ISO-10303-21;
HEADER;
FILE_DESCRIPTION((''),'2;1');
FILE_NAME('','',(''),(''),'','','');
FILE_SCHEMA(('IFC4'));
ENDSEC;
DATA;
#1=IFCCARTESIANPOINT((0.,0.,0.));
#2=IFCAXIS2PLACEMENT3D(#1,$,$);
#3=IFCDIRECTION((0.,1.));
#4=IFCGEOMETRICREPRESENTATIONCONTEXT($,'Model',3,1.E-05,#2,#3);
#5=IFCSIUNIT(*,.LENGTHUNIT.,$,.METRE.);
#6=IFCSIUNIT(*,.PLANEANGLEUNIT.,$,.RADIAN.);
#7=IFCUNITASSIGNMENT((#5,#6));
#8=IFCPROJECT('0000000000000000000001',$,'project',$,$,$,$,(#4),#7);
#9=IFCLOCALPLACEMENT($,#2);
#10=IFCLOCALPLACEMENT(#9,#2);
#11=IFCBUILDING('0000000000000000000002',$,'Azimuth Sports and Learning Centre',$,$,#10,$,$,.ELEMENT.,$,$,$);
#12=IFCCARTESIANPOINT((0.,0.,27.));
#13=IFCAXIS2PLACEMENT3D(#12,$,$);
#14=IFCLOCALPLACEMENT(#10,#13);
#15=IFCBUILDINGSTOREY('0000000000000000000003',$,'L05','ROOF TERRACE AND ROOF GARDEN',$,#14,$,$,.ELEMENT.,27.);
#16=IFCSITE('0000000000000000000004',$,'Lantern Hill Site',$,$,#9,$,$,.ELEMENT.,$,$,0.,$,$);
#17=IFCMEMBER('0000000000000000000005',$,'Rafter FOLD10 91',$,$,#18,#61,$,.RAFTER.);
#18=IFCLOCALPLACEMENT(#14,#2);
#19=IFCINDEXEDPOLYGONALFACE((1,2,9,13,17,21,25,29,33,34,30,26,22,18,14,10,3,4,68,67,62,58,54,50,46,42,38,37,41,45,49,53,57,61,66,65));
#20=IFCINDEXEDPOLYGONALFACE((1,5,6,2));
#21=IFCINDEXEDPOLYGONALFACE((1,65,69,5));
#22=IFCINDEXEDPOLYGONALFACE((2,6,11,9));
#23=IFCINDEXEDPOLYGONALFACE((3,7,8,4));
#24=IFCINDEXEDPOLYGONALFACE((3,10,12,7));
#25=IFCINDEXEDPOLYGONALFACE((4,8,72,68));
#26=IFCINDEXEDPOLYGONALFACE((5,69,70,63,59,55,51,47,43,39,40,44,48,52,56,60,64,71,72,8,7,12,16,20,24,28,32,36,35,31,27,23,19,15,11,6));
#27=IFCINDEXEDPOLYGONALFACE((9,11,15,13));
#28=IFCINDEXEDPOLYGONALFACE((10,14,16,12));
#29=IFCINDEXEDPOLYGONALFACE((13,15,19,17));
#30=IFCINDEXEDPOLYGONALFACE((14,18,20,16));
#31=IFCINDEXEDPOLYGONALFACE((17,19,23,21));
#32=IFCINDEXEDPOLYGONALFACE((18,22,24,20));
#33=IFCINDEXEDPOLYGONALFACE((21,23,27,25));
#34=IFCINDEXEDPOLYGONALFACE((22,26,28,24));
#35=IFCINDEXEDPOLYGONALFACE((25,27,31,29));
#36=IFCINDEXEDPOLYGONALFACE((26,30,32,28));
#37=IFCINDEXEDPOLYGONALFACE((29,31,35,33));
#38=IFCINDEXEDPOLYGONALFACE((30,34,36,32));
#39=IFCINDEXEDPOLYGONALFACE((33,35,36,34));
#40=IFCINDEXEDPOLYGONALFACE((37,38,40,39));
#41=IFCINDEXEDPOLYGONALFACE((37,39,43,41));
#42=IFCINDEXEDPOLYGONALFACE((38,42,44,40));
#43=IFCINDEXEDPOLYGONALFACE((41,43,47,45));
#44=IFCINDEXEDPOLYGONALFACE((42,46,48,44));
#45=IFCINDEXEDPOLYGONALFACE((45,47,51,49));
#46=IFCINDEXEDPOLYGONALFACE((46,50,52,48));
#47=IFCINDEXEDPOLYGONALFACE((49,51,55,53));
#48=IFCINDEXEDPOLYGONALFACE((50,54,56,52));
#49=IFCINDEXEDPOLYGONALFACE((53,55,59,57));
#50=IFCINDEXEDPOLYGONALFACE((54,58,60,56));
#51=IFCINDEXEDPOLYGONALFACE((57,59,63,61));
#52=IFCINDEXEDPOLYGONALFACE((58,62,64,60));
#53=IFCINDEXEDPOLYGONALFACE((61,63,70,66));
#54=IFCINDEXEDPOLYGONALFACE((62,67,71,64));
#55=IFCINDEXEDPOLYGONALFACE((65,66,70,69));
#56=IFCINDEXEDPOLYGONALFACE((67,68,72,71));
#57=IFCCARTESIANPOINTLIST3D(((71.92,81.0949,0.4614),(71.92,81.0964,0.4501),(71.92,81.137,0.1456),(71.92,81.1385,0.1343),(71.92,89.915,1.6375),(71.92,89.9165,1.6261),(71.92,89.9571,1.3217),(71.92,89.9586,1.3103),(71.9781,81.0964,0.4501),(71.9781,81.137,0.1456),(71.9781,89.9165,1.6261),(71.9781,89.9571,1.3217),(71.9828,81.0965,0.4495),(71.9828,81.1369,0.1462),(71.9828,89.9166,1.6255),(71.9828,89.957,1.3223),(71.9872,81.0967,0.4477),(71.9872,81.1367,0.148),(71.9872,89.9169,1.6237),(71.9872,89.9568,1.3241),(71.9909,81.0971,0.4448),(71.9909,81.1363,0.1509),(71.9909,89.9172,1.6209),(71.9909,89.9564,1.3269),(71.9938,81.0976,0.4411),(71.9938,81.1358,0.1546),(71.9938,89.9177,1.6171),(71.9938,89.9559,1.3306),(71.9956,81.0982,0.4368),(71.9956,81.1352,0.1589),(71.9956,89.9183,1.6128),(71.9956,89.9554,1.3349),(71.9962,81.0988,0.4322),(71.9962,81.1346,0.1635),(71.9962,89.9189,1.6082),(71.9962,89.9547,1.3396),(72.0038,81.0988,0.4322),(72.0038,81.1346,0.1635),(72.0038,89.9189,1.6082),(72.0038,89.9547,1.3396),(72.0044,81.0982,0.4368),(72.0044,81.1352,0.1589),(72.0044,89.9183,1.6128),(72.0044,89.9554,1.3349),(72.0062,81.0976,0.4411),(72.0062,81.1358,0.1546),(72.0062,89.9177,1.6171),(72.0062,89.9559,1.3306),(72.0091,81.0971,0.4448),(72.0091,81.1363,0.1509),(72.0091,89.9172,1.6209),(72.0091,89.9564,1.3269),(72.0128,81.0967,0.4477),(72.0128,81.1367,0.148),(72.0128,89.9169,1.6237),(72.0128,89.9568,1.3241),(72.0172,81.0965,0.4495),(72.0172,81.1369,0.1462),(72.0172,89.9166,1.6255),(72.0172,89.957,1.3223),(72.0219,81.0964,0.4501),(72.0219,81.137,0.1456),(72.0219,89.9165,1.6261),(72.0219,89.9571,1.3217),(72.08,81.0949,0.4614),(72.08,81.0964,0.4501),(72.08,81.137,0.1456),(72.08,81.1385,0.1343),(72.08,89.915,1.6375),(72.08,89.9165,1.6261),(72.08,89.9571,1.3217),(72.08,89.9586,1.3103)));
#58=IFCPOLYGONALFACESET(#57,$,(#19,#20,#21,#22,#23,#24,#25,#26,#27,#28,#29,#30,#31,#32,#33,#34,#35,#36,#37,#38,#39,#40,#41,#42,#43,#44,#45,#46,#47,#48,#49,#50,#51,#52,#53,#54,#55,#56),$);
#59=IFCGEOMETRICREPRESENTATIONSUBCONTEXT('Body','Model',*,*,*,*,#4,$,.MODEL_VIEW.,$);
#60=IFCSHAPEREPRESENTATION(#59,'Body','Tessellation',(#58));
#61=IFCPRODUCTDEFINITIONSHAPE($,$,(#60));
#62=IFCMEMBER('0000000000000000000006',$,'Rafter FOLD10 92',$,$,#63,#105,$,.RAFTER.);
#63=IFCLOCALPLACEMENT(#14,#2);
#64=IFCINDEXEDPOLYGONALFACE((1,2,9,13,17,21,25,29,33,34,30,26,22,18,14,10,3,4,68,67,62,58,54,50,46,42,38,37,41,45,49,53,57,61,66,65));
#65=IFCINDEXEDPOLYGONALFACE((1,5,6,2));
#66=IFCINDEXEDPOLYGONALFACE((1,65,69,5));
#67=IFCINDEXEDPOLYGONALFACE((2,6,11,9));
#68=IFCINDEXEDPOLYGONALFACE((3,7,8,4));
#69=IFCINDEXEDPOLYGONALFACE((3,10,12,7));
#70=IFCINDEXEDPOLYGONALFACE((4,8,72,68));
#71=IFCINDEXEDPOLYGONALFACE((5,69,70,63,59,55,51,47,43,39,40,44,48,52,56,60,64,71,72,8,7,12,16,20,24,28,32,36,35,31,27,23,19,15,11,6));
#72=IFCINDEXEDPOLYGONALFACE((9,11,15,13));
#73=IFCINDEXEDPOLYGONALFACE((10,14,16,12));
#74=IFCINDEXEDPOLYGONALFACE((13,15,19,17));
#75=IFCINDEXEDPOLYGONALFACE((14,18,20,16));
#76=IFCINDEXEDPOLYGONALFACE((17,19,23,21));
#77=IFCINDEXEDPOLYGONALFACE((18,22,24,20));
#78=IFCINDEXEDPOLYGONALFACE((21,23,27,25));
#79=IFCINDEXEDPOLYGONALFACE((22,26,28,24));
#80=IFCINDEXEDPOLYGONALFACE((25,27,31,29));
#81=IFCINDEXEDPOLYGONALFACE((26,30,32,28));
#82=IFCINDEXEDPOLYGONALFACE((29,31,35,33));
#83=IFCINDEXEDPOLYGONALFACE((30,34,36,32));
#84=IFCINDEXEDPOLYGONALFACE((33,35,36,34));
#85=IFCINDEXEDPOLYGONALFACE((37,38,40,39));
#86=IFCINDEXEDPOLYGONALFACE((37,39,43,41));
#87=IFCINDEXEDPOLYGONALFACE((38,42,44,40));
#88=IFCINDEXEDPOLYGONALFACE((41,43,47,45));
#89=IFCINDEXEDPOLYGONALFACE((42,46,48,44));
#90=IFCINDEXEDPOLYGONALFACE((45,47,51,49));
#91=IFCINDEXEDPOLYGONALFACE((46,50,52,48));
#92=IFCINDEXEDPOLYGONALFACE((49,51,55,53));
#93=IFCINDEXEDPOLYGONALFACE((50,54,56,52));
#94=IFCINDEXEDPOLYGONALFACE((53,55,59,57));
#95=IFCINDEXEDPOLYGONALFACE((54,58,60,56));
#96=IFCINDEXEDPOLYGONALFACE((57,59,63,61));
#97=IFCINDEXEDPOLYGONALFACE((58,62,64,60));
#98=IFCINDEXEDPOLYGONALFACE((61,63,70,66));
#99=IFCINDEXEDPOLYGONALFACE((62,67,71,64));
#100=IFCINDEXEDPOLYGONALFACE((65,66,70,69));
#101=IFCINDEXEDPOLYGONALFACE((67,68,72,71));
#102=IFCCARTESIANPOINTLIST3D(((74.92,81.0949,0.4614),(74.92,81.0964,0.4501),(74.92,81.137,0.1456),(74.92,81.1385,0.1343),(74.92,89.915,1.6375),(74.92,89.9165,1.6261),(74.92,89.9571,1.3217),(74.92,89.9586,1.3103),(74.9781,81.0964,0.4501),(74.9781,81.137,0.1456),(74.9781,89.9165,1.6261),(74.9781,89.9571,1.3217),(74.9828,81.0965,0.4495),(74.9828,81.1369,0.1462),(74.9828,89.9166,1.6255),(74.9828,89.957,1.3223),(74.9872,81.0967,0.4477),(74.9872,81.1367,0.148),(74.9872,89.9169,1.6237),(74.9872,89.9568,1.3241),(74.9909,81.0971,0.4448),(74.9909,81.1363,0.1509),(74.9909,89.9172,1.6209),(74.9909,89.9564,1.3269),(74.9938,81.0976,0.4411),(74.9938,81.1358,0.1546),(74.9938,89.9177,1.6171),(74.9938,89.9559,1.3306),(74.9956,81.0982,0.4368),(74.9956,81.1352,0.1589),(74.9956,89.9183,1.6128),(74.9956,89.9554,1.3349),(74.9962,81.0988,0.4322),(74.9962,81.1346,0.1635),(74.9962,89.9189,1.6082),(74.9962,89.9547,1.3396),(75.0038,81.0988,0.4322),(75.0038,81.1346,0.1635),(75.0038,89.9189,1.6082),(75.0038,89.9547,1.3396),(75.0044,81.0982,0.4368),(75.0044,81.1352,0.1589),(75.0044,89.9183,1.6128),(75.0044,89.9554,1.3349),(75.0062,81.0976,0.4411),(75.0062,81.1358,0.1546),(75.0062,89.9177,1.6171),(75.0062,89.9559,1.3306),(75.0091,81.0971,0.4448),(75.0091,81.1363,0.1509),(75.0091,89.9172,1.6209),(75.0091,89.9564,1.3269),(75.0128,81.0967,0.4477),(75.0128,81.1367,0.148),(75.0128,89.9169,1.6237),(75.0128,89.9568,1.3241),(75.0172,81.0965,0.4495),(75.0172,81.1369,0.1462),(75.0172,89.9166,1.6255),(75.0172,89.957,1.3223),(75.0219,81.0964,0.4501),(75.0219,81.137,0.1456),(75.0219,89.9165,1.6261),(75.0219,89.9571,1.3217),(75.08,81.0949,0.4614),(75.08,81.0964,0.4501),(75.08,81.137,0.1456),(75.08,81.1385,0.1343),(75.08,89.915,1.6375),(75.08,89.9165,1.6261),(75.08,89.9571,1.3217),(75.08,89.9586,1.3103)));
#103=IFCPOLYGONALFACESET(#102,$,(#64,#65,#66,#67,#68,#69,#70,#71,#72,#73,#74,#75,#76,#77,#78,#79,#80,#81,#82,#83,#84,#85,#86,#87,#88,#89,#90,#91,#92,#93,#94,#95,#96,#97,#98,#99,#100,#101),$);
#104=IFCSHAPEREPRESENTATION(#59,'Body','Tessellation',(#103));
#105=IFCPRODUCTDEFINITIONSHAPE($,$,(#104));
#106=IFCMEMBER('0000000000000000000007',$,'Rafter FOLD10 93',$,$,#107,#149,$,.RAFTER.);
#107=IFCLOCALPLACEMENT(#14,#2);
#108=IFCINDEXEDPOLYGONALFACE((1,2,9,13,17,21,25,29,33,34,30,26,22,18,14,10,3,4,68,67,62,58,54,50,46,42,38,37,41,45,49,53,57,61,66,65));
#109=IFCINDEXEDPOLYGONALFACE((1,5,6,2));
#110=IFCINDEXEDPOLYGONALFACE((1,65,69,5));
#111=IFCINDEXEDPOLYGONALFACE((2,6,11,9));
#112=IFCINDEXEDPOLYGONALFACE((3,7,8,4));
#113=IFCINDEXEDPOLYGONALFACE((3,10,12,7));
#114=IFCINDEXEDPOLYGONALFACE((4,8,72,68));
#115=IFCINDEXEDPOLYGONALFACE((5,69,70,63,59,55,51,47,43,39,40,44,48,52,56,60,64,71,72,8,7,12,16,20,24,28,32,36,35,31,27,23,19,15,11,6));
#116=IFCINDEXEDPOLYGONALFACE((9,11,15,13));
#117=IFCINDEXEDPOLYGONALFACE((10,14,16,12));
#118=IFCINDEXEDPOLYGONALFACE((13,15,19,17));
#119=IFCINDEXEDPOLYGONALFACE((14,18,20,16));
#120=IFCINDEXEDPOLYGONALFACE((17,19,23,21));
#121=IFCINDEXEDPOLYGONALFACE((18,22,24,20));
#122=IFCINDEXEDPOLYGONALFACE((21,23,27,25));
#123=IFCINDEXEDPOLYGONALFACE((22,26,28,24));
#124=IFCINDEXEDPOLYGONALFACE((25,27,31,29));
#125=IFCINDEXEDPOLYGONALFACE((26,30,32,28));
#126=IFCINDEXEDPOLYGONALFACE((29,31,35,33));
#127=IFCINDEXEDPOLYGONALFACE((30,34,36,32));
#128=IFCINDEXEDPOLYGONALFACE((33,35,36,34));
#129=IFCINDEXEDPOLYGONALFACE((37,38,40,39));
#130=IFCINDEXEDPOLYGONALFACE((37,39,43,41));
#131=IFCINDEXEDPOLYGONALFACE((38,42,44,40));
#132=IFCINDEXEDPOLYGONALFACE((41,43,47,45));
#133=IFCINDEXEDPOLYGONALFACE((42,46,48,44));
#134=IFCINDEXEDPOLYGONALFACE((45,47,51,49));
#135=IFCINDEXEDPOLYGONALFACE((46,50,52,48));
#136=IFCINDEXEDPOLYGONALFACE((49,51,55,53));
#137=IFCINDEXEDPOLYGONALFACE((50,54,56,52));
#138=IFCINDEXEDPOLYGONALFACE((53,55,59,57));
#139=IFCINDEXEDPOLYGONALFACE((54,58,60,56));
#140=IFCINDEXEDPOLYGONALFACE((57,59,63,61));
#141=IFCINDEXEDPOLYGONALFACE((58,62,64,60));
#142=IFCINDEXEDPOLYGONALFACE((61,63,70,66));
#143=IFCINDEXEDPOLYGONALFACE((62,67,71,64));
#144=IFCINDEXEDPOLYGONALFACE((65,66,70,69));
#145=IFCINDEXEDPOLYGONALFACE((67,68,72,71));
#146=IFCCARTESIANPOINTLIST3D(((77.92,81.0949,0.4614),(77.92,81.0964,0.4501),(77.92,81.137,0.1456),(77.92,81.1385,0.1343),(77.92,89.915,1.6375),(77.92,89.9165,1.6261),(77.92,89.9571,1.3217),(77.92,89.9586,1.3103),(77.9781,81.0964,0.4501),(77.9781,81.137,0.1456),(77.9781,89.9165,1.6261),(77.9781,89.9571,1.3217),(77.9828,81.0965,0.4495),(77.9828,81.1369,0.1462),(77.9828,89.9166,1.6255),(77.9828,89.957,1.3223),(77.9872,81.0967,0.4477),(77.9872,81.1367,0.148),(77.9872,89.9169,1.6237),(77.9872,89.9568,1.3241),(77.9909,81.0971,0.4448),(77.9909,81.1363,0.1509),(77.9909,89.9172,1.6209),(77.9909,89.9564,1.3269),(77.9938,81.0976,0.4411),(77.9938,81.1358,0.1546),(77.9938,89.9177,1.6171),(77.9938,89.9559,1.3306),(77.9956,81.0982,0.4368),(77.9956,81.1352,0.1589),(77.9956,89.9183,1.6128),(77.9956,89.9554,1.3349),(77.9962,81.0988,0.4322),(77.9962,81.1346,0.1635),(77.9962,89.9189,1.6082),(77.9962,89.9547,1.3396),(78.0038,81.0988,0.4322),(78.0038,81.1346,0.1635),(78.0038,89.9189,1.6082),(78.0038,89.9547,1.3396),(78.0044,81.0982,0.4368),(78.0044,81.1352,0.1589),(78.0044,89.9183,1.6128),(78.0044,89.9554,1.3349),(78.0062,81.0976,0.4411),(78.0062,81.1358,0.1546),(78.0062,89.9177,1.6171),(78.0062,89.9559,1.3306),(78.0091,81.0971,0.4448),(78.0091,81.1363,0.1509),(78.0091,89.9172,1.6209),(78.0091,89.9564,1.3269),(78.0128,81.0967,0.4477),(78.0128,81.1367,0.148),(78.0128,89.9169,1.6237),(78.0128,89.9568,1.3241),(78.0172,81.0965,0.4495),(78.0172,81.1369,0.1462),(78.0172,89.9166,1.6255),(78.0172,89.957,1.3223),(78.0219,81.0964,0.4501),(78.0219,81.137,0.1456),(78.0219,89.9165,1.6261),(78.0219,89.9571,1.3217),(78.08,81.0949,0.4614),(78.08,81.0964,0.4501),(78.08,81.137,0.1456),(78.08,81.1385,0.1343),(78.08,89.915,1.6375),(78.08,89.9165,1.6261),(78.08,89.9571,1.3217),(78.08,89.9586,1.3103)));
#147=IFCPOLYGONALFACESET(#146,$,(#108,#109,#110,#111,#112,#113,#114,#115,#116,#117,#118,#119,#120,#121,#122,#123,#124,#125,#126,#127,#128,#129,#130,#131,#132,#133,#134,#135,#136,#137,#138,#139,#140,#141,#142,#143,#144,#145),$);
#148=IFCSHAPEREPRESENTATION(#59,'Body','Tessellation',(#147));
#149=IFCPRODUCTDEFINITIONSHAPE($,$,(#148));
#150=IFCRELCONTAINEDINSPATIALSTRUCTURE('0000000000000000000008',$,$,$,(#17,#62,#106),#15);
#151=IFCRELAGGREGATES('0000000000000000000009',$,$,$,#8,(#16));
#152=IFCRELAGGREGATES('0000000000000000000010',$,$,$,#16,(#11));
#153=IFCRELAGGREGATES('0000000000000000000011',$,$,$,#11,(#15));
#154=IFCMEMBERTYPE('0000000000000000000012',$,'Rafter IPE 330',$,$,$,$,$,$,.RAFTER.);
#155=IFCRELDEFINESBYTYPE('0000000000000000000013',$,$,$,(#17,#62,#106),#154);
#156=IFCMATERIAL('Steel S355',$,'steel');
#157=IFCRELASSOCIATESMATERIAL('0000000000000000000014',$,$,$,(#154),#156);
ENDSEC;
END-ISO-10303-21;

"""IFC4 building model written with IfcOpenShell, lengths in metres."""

from ifc_helpers import new_model, si_unit, direction, frame, origin, origin_2d, place, context, subcontext, project, spatial, i_section, extrude, material, material_profile, profile_set, type_object, element, save


model = new_model("IFC4")

# Units and contexts
model_context = context("Model", 3, precision=1e-05, world=origin(), true_north=direction((0.0, 1.0)))
body_context = subcontext(model_context, "Body", "Model", "MODEL_VIEW")
ifc_project = project(units=[si_unit("LENGTHUNIT", "METRE"), si_unit("PLANEANGLEUNIT", "RADIAN")], contexts=[model_context])

# Site, building, storey
site_placement = place(None, origin())
site = spatial("IfcSite", under=ifc_project, at=site_placement, Name="Lantern Hill Site", CompositionType="ELEMENT", RefElevation=0.0)
building_placement = place(site_placement, origin())
building = spatial("IfcBuilding", under=site, at=building_placement, Name="Azimuth Sports and Learning Centre", CompositionType="ELEMENT")
storey_placement = place(building_placement, frame((0.0, 0.0, 27.0)))
storey = spatial("IfcBuildingStorey", under=building, at=storey_placement, Name="L05", Description="ROOF TERRACE AND ROOF GARDEN", CompositionType="ELEMENT", Elevation=27.0)

# Members
ifc_material_1 = material(Name="Steel S355", Category="steel")
ifc_material_profile_1 = material_profile(ifc_material_1, i_section(OverallWidth=0.1599, OverallDepth=0.3301, WebThickness=0.0076, FlangeThickness=0.0115, FilletRadius=0.0181, at=origin_2d()), Name="IPE 330")
ifc_profile_set_1 = profile_set([ifc_material_profile_1], Name="Steel S355")
member_type_1 = type_object("IfcMemberType", Name="Rafter IPE 330", PredefinedType="RAFTER", material=ifc_profile_set_1)
for number, where, z_axis, x_axis, name in (
    (1, (72.0, 81.1167, 0.2979), (0.0, 0.991228, 0.132166), (-1.0, 0.0, 0.0), "Rafter FOLD10 91"),
    (2, (75.0, 81.1167, 0.2979), (0.0, 0.991228, 0.132166), (-1.0, 0.0, 0.0), "Rafter FOLD10 92"),
    (3, (78.0, 81.1167, 0.2979), (0.0, 0.991228, 0.132166), (-1.0, 0.0, 0.0), "Rafter FOLD10 93"),
):
    element("IfcMember", number, at=place(storey_placement, frame(where, z_axis=z_axis, x_axis=x_axis)), inside=storey, type_object=member_type_1, Name=name, PredefinedType="RAFTER", context=body_context, shape_type="SweptSolid", body=[
        extrude(i_section(OverallWidth=0.1599, OverallDepth=0.3301, WebThickness=0.0076, FlangeThickness=0.0115, FilletRadius=0.0181, at=origin_2d()), origin(), (0.0, 0.0, 1.0), 8.8982),
    ])

save(model, "model.ifc")
